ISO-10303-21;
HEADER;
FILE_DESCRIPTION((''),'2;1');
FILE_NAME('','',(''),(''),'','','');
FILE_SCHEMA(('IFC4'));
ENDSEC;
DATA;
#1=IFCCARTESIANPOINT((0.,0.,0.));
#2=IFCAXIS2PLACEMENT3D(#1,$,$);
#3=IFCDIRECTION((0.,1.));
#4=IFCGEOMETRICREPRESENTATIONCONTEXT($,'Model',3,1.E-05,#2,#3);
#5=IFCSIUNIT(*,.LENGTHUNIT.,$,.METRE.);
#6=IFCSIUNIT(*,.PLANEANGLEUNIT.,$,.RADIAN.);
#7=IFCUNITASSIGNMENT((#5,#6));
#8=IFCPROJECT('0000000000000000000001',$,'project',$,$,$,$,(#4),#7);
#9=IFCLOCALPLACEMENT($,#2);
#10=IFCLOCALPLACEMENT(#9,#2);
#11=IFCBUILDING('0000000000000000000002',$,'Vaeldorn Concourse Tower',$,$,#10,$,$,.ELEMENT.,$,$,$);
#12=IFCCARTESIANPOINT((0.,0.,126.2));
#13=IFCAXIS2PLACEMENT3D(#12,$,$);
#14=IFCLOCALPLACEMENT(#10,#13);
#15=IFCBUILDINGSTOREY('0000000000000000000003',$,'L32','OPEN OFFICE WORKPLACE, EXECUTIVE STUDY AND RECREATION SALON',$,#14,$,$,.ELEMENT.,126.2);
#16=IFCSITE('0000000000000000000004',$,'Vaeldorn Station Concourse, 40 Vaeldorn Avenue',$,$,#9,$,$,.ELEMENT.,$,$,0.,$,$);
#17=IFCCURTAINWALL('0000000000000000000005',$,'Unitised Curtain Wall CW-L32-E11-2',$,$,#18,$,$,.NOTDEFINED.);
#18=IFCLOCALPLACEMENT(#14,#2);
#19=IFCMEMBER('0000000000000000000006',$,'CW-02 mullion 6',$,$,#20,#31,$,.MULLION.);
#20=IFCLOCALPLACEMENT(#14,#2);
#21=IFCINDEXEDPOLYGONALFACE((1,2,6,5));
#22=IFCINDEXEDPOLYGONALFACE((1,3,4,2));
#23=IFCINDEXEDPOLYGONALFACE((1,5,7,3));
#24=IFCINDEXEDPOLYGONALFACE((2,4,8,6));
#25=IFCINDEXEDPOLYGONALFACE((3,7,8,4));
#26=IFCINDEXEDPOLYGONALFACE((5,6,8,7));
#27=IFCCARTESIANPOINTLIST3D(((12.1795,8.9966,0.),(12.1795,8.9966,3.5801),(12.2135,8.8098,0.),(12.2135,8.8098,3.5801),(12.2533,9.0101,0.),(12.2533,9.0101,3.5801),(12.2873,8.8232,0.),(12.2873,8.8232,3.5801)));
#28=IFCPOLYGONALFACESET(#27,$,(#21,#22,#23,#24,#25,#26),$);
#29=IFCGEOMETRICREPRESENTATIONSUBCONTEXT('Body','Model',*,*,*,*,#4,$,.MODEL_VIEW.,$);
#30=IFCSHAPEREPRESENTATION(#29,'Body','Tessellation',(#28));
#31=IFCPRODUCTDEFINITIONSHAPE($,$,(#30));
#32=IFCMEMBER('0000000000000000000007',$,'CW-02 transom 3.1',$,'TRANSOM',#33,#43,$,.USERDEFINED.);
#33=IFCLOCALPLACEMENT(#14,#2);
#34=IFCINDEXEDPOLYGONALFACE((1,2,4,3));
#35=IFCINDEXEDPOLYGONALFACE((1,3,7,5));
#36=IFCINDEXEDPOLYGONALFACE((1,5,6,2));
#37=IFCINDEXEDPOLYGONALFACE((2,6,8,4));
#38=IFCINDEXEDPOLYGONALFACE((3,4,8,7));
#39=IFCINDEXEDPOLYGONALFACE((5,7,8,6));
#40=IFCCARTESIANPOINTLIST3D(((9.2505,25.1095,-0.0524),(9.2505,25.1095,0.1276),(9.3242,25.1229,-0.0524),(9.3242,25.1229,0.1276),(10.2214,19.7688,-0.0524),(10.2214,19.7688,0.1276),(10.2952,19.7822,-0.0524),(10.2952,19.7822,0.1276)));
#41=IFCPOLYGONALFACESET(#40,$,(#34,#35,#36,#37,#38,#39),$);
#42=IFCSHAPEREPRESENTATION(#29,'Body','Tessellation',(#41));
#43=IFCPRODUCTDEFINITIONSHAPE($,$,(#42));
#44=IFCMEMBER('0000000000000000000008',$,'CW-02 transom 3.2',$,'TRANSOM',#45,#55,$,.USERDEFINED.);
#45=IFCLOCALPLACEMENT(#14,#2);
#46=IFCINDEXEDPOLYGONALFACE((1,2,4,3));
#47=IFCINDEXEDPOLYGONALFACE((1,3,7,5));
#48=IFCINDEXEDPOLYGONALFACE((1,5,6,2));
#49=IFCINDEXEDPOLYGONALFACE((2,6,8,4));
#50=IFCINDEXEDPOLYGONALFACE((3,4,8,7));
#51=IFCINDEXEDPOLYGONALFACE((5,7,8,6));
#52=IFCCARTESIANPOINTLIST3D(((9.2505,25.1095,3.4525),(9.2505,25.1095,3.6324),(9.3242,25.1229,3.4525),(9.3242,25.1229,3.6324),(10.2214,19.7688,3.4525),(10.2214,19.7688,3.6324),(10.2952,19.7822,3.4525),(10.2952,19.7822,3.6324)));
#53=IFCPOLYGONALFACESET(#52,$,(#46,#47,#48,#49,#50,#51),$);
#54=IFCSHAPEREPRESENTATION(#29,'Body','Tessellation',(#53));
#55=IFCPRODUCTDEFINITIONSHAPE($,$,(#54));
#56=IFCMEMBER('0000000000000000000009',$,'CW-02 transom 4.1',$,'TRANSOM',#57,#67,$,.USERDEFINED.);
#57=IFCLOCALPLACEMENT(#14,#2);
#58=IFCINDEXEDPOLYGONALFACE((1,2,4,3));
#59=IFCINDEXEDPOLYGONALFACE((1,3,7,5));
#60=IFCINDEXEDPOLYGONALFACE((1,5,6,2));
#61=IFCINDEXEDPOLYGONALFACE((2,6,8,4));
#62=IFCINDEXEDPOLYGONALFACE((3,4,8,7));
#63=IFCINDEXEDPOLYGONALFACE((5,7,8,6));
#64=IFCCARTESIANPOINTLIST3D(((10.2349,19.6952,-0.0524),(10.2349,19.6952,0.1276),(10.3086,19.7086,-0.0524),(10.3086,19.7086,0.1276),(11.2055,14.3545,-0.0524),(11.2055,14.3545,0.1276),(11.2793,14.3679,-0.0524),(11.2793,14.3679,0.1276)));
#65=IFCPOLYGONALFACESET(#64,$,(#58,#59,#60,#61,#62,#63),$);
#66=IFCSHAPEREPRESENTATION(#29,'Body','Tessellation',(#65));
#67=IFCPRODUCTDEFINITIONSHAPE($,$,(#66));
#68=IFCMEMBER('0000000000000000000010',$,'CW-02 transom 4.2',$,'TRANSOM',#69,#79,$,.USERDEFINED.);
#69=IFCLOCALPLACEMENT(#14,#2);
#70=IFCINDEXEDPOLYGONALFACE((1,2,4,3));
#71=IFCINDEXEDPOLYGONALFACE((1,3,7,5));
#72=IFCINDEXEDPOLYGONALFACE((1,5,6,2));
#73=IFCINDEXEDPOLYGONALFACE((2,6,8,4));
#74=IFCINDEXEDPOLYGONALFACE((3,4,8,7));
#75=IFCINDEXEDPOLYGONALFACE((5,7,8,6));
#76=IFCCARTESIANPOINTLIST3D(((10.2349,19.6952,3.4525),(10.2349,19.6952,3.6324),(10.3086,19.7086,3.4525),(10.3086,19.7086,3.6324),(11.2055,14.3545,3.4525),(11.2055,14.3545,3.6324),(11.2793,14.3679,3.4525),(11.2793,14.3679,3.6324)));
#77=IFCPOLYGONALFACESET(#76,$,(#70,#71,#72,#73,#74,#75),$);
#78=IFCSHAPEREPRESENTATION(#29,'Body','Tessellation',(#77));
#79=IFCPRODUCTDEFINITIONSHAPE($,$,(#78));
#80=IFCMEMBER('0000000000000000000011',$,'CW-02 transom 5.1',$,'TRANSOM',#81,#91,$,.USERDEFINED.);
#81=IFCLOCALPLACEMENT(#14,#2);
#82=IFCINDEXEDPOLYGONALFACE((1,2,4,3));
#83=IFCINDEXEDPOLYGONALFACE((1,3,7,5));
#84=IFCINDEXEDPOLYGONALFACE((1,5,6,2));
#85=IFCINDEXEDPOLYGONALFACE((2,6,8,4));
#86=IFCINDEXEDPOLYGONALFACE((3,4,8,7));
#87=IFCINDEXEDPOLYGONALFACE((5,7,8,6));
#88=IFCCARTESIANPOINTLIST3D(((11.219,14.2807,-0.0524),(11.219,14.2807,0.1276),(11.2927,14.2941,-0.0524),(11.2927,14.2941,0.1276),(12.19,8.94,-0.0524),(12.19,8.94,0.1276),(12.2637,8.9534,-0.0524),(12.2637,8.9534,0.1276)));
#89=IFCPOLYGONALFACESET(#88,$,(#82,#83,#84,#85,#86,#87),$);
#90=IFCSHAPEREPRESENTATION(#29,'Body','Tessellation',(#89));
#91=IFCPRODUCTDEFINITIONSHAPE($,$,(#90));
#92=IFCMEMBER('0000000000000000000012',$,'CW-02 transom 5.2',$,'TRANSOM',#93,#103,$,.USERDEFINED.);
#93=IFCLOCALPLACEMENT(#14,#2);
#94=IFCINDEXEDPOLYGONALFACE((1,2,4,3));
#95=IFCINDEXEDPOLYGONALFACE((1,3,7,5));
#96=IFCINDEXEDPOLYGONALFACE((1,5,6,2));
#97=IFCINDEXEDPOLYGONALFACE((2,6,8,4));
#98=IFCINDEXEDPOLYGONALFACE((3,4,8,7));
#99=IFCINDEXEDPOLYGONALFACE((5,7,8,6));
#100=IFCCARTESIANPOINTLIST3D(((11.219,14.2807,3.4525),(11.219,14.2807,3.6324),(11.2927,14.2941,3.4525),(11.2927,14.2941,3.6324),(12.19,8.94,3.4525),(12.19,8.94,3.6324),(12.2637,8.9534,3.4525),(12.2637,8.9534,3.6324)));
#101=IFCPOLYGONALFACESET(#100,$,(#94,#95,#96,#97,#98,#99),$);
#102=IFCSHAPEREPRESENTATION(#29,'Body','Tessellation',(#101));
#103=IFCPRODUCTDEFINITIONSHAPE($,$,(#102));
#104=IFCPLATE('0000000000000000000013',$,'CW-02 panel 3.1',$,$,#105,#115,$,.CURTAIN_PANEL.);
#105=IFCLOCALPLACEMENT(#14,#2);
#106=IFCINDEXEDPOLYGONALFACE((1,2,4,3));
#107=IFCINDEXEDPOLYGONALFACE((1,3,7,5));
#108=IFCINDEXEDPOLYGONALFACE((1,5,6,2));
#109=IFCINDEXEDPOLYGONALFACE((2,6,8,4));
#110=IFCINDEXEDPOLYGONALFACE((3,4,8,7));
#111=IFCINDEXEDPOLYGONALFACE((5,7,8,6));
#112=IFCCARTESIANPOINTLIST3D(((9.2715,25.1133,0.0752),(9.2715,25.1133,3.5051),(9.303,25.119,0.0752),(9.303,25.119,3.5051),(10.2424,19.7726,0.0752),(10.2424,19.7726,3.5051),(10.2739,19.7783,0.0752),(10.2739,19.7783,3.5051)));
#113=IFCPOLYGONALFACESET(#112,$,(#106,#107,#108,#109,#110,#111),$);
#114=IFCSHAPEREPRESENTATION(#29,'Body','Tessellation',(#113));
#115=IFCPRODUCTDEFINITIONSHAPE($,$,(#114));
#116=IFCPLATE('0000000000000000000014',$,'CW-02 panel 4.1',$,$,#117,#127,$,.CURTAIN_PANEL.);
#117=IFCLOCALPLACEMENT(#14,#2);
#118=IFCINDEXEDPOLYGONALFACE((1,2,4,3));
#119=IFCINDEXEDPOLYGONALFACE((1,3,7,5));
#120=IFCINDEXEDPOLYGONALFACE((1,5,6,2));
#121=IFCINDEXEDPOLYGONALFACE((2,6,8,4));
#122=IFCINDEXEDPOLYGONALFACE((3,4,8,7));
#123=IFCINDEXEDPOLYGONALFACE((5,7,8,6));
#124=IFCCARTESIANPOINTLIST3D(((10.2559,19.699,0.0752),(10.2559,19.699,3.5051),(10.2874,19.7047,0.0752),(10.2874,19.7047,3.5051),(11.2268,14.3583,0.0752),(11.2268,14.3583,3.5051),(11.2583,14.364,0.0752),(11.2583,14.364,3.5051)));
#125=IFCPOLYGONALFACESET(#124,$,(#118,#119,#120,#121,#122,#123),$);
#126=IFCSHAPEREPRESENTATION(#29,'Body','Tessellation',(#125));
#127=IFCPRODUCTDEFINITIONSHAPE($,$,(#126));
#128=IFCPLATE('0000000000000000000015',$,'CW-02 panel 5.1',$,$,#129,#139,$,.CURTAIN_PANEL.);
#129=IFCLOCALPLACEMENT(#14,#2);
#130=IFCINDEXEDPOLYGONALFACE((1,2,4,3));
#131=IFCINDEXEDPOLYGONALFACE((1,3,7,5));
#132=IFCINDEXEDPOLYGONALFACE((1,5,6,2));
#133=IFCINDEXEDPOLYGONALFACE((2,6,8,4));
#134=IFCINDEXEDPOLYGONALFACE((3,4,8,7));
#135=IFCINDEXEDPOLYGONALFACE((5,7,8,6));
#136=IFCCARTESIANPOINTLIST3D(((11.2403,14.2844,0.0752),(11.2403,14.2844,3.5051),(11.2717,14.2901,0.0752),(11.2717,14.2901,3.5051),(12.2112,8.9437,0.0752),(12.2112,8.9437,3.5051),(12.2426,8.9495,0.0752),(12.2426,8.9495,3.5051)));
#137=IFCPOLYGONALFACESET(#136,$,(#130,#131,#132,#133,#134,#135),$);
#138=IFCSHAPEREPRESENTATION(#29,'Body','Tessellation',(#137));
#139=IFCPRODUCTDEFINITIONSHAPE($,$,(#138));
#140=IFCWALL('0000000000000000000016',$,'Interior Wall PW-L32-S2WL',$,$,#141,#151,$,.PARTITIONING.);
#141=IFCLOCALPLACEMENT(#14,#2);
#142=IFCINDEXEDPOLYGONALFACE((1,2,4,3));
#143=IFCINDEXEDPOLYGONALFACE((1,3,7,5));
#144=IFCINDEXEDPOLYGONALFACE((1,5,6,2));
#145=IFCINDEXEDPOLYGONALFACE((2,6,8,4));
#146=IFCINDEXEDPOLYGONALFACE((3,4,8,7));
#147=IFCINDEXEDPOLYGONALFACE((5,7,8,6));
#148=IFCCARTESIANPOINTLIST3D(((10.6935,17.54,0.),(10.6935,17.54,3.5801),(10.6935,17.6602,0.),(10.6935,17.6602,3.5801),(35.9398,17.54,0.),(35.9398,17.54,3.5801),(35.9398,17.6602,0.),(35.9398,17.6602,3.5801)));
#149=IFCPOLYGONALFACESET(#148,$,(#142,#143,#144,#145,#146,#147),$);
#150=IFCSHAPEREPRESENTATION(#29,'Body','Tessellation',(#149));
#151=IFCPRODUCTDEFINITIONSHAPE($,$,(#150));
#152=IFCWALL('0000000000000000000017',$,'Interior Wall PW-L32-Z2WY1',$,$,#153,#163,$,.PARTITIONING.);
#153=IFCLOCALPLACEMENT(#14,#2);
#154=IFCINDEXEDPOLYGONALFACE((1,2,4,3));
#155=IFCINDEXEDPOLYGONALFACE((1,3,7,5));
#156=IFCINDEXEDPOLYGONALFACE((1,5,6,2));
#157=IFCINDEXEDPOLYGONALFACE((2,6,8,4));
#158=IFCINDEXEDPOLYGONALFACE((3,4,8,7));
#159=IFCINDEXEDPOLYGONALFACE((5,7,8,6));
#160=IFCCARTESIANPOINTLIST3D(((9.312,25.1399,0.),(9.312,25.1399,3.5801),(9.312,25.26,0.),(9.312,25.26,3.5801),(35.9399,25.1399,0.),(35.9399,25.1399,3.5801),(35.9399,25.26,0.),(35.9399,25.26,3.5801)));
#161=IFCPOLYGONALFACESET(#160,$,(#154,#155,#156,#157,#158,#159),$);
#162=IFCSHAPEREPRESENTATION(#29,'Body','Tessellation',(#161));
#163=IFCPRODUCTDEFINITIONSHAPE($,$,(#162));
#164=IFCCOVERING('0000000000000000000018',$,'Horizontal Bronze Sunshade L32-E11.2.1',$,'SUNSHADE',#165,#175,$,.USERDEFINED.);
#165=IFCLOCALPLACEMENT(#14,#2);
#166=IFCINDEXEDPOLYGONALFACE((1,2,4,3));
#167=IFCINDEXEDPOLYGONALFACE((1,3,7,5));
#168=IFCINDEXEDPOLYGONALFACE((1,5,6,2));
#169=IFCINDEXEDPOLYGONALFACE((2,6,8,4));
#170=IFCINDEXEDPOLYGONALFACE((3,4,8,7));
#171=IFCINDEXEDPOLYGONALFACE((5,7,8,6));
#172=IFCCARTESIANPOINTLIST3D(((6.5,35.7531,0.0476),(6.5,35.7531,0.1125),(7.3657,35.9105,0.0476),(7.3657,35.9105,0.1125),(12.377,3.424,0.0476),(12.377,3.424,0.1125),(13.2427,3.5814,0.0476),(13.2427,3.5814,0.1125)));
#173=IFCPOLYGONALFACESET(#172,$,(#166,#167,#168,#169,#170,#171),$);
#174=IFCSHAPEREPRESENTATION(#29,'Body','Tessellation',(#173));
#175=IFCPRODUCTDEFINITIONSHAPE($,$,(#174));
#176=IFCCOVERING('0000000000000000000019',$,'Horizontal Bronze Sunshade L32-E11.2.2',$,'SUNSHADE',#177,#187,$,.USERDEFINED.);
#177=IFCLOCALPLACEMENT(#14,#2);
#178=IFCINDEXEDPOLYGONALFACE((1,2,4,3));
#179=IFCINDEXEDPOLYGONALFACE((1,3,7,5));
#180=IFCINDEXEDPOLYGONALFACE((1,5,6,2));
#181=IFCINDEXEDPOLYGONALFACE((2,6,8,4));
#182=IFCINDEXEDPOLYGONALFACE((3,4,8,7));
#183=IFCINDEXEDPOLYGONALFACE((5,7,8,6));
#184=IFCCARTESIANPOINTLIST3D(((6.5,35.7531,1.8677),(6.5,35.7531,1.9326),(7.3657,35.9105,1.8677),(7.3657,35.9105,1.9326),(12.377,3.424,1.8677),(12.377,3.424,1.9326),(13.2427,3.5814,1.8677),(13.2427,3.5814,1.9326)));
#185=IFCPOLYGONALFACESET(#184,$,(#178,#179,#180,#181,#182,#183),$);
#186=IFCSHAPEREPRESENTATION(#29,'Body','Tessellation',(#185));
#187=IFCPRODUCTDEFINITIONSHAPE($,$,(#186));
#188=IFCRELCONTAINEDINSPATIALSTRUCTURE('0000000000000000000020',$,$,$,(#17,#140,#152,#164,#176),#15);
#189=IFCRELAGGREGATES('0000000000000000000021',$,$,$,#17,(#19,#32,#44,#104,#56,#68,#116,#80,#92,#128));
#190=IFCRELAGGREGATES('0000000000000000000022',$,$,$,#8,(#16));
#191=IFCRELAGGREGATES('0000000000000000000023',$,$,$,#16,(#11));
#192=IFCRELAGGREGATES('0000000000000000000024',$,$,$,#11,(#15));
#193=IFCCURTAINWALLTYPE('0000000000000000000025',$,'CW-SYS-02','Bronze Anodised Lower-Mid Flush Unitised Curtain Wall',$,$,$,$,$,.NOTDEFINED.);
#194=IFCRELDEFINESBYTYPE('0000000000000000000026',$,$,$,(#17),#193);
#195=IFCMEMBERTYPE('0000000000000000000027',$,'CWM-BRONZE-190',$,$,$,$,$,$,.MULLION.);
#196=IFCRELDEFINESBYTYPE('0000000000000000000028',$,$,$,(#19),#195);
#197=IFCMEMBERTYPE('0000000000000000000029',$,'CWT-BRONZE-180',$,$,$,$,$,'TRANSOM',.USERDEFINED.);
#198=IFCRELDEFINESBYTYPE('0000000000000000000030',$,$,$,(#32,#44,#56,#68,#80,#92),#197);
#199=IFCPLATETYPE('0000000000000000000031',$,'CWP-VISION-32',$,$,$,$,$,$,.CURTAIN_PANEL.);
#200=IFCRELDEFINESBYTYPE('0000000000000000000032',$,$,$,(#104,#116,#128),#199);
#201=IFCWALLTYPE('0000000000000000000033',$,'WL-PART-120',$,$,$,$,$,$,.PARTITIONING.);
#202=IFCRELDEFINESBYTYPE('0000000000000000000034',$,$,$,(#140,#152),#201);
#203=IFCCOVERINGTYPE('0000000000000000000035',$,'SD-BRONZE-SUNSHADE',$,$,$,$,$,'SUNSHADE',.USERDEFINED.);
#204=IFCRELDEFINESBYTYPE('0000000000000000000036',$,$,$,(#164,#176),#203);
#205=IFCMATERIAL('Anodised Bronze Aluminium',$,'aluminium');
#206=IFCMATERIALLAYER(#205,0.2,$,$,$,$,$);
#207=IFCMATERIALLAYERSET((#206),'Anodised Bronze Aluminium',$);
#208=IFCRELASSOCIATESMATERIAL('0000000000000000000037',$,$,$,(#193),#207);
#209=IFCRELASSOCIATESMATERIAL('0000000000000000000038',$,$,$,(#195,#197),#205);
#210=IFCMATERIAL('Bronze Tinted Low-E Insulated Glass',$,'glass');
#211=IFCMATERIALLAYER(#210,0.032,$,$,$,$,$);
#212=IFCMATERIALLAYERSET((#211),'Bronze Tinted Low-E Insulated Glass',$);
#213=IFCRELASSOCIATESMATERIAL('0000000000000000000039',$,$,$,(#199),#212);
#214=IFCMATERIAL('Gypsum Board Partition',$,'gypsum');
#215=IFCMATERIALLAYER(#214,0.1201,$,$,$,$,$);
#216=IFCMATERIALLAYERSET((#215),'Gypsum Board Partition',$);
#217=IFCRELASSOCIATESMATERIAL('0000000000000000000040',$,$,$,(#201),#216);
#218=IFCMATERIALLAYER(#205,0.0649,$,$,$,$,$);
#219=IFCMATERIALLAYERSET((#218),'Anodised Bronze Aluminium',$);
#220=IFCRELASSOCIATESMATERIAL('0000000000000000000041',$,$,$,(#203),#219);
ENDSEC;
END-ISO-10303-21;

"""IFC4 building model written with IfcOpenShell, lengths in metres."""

from ifc_helpers import new_model, si_unit, direction, frame, frame_2d, origin, origin_2d, place, context, subcontext, project, spatial, rectangle, extrude, source, transform, mapped, material, layer, layer_set, material_profile, profile_set, type_object, element, aggregate, save


model = new_model("IFC4")

# Units and contexts
model_context = context("Model", 3, precision=1e-05, world=origin(), true_north=direction((0.0, 1.0)))
body_context = subcontext(model_context, "Body", "Model", "MODEL_VIEW")
ifc_project = project(units=[si_unit("LENGTHUNIT", "METRE"), si_unit("PLANEANGLEUNIT", "RADIAN")], contexts=[model_context])

# Site, building, storey
site_placement = place(None, origin())
site = spatial("IfcSite", under=ifc_project, at=site_placement, Name="Vaeldorn Station Concourse, 40 Vaeldorn Avenue", CompositionType="ELEMENT", RefElevation=0.0)
building_placement = place(site_placement, origin())
building = spatial("IfcBuilding", under=site, at=building_placement, Name="Vaeldorn Concourse Tower", CompositionType="ELEMENT")
storey_placement = place(building_placement, frame((0.0, 0.0, 126.2)))
storey = spatial("IfcBuildingStorey", under=building, at=storey_placement, Name="L32", Description="OPEN OFFICE WORKPLACE, EXECUTIVE STUDY AND RECREATION SALON", CompositionType="ELEMENT", Elevation=126.2)

# Curtain wall, members, plates
ifc_material_1 = material(Name="Anodised Bronze Aluminium", Category="aluminium")
ifc_layer_1 = layer(ifc_material_1, 0.2)
ifc_layer_set_1 = layer_set([ifc_layer_1], Name="Anodised Bronze Aluminium")
curtain_wall_type = type_object("IfcCurtainWallType", Name="CW-SYS-02", Description="Bronze Anodised Lower-Mid Flush Unitised Curtain Wall", PredefinedType="NOTDEFINED", material=ifc_layer_set_1)
curtain_wall_placement = place(storey_placement, origin())
curtain_wall = element("IfcCurtainWall", 1, at=curtain_wall_placement, inside=storey, type_object=curtain_wall_type, Name="Unitised Curtain Wall CW-L32-E11-2", PredefinedType="NOTDEFINED")
ifc_material_profile_1 = material_profile(ifc_material_1, rectangle(XDim=0.075, YDim=0.1899, at=origin_2d()), Name="CWM 75x190")
ifc_profile_set_1 = profile_set([ifc_material_profile_1], Name="Anodised Bronze Aluminium")
member_type_1 = type_object("IfcMemberType", Name="CWM-BRONZE-190", PredefinedType="MULLION", material=ifc_profile_set_1)
shared_shape_1 = source(origin(), body_context, "Body", "SweptSolid", [
    extrude(rectangle(XDim=0.075, YDim=0.1899, at=origin_2d()), origin(), (0.0, 0.0, 1.0), 3.5801),
])
member_1_placement = place(storey_placement, frame((12.2334, 8.9099, 0.0), z_axis=(0.0, 0.0, 1.0), x_axis=(0.983874, 0.17886, 0.0)))
member_1 = element("IfcMember", 2, at=member_1_placement, type_object=member_type_1, Name="CW-02 mullion 6", PredefinedType="MULLION", context=body_context, shape_type="MappedRepresentation", body=[
    mapped(shared_shape_1, transform((0.0, 0.0, 0.0), scale=1.0)),
])
ifc_material_profile_2 = material_profile(ifc_material_1, rectangle(XDim=0.075, YDim=0.1799, at=origin_2d()), Name="CWT 75x180")
ifc_profile_set_2 = profile_set([ifc_material_profile_2], Name="Anodised Bronze Aluminium")
member_type_2 = type_object("IfcMemberType", Name="CWT-BRONZE-180", ElementType="TRANSOM", PredefinedType="USERDEFINED", material=ifc_profile_set_2)
shared_shape_2 = source(origin(), body_context, "Body", "SweptSolid", [
    extrude(rectangle(XDim=0.075, YDim=0.1799, at=origin_2d()), origin(), (0.0, 0.0, 1.0), 5.4282),
])
member_2_placement = place(storey_placement, frame((9.2874, 25.1162, 0.0376), z_axis=(0.178874, -0.983872, 0.0), x_axis=(0.983872, 0.178874, 0.0)))
member_2 = element("IfcMember", 3, at=member_2_placement, type_object=member_type_2, Name="CW-02 transom 3.1", ObjectType="TRANSOM", PredefinedType="USERDEFINED", context=body_context, shape_type="MappedRepresentation", body=[
    mapped(shared_shape_2, transform((0.0, 0.0, 0.0), scale=1.0)),
])
member_3_placement = place(storey_placement, frame((9.2874, 25.1162, 3.5425), z_axis=(0.178874, -0.983872, 0.0), x_axis=(0.983872, 0.178874, 0.0)))
member_3 = element("IfcMember", 4, at=member_3_placement, type_object=member_type_2, Name="CW-02 transom 3.2", ObjectType="TRANSOM", PredefinedType="USERDEFINED", context=body_context, shape_type="MappedRepresentation", body=[
    mapped(shared_shape_2, transform((0.0, 0.0, 0.0), scale=1.0)),
])
member_4_placement = place(storey_placement, frame((10.2717, 19.7019, 0.0376), z_axis=(0.178822, -0.983881, 0.0), x_axis=(0.983881, 0.178822, 0.0)))
member_4 = element("IfcMember", 5, at=member_4_placement, type_object=member_type_2, Name="CW-02 transom 4.1", ObjectType="TRANSOM", PredefinedType="USERDEFINED", context=body_context, shape_type="MappedRepresentation", body=[
    mapped(shared_shape_2, transform((0.0, 0.0, 0.0), scale=1.0)),
])
member_5_placement = place(storey_placement, frame((10.2717, 19.7019, 3.5425), z_axis=(0.178822, -0.983881, 0.0), x_axis=(0.983881, 0.178822, 0.0)))
member_5 = element("IfcMember", 6, at=member_5_placement, type_object=member_type_2, Name="CW-02 transom 4.2", ObjectType="TRANSOM", PredefinedType="USERDEFINED", context=body_context, shape_type="MappedRepresentation", body=[
    mapped(shared_shape_2, transform((0.0, 0.0, 0.0), scale=1.0)),
])
member_6_placement = place(storey_placement, frame((11.2559, 14.2874, 0.0376), z_axis=(0.178874, -0.983872, 0.0), x_axis=(0.983872, 0.178874, 0.0)))
member_6 = element("IfcMember", 7, at=member_6_placement, type_object=member_type_2, Name="CW-02 transom 5.1", ObjectType="TRANSOM", PredefinedType="USERDEFINED", context=body_context, shape_type="MappedRepresentation", body=[
    mapped(shared_shape_2, transform((0.0, 0.0, 0.0), scale=1.0)),
])
member_7_placement = place(storey_placement, frame((11.2559, 14.2874, 3.5425), z_axis=(0.178874, -0.983872, 0.0), x_axis=(0.983872, 0.178874, 0.0)))
member_7 = element("IfcMember", 8, at=member_7_placement, type_object=member_type_2, Name="CW-02 transom 5.2", ObjectType="TRANSOM", PredefinedType="USERDEFINED", context=body_context, shape_type="MappedRepresentation", body=[
    mapped(shared_shape_2, transform((0.0, 0.0, 0.0), scale=1.0)),
])
ifc_material_2 = material(Name="Bronze Tinted Low-E Insulated Glass", Category="glass")
ifc_layer_2 = layer(ifc_material_2, 0.032)
ifc_layer_set_2 = layer_set([ifc_layer_2], Name="Bronze Tinted Low-E Insulated Glass")
plate_type = type_object("IfcPlateType", Name="CWP-VISION-32", PredefinedType="CURTAIN_PANEL", material=ifc_layer_set_2)
shared_shape_3 = source(origin(), body_context, "Body", "SweptSolid", [
    extrude(rectangle(XDim=5.4282, YDim=0.032, at=origin_2d()), origin(), (0.0, 0.0, 1.0), 3.4299),
])
plate_1_placement = place(storey_placement, frame((9.7727, 22.4458, 0.0752), z_axis=(0.0, 0.0, 1.0), x_axis=(0.17886, -0.983874, 0.0)))
plate_1 = element("IfcPlate", 9, at=plate_1_placement, type_object=plate_type, Name="CW-02 panel 3.1", PredefinedType="CURTAIN_PANEL", context=body_context, shape_type="MappedRepresentation", body=[
    mapped(shared_shape_3, transform((0.0, 0.0, 0.0), scale=1.0)),
])
plate_2_placement = place(storey_placement, frame((10.7571, 17.0315, 0.0752), z_axis=(0.0, 0.0, 1.0), x_axis=(0.17886, -0.983874, 0.0)))
plate_2 = element("IfcPlate", 10, at=plate_2_placement, type_object=plate_type, Name="CW-02 panel 4.1", PredefinedType="CURTAIN_PANEL", context=body_context, shape_type="MappedRepresentation", body=[
    mapped(shared_shape_3, transform((0.0, 0.0, 0.0), scale=1.0)),
])
plate_3_placement = place(storey_placement, frame((11.7415, 11.6169, 0.0752), z_axis=(0.0, 0.0, 1.0), x_axis=(0.17886, -0.983874, 0.0)))
plate_3 = element("IfcPlate", 11, at=plate_3_placement, type_object=plate_type, Name="CW-02 panel 5.1", PredefinedType="CURTAIN_PANEL", context=body_context, shape_type="MappedRepresentation", body=[
    mapped(shared_shape_3, transform((0.0, 0.0, 0.0), scale=1.0)),
])
aggregate(curtain_wall, [member_1, member_2, member_3, plate_1, member_4, member_5, plate_2, member_6, member_7, plate_3])

# Walls
ifc_material_3 = material(Name="Gypsum Board Partition", Category="gypsum")
ifc_layer_3 = layer(ifc_material_3, 0.1201)
ifc_layer_set_3 = layer_set([ifc_layer_3], Name="Gypsum Board Partition")
wall_type = type_object("IfcWallType", Name="WL-PART-120", PredefinedType="PARTITIONING", material=ifc_layer_set_3)
wall_1_placement = place(storey_placement, frame((10.6936, 17.6001, 0.0), z_axis=(0.0, 0.0, 1.0), x_axis=(1.0, 0.0, 0.0)))
element("IfcWall", 12, at=wall_1_placement, inside=storey, type_object=wall_type, Name="Interior Wall PW-L32-S2WL", PredefinedType="PARTITIONING", context=body_context, shape_type="SweptSolid", body=[
    extrude(rectangle(XDim=25.2463, YDim=0.1201, at=frame_2d((12.623, 0.0))), origin(), (0.0, 0.0, 1.0), 3.5801),
])
wall_2_placement = place(storey_placement, frame((9.312, 25.2, 0.0), z_axis=(0.0, 0.0, 1.0), x_axis=(1.0, 0.0, 0.0)))
element("IfcWall", 13, at=wall_2_placement, inside=storey, type_object=wall_type, Name="Interior Wall PW-L32-Z2WY1", PredefinedType="PARTITIONING", context=body_context, shape_type="SweptSolid", body=[
    extrude(rectangle(XDim=26.6279, YDim=0.1201, at=frame_2d((13.314, 0.0))), origin(), (0.0, 0.0, 1.0), 3.5801),
])

# Coverings
ifc_layer_4 = layer(ifc_material_1, 0.0649)
ifc_layer_set_4 = layer_set([ifc_layer_4], Name="Anodised Bronze Aluminium")
covering_type = type_object("IfcCoveringType", Name="SD-BRONZE-SUNSHADE", ElementType="SUNSHADE", PredefinedType="USERDEFINED", material=ifc_layer_set_4)
shared_shape_4 = source(origin(), body_context, "Body", "SweptSolid", [
    extrude(rectangle(XDim=32.8589, YDim=0.8799, at=origin_2d()), origin(), (0.0, 0.0, 1.0), 0.0649),
])
for number, where, z_axis, x_axis, name in (
    (14, (9.8713, 19.6672, 0.0476), (0.0, 0.0, 1.0), (0.178854, -0.983876, 0.0), "Horizontal Bronze Sunshade L32-E11.2.1"),
    (15, (9.8713, 19.6672, 1.8677), (0.0, 0.0, 1.0), (0.178854, -0.983876, 0.0), "Horizontal Bronze Sunshade L32-E11.2.2"),
):
    element("IfcCovering", number, at=place(storey_placement, frame(where, z_axis=z_axis, x_axis=x_axis)), inside=storey, type_object=covering_type, Name=name, ObjectType="SUNSHADE", PredefinedType="USERDEFINED", context=body_context, shape_type="MappedRepresentation", body=[
        mapped(shared_shape_4, transform((0.0, 0.0, 0.0), scale=1.0)),
    ])

save(model, "model.ifc")
